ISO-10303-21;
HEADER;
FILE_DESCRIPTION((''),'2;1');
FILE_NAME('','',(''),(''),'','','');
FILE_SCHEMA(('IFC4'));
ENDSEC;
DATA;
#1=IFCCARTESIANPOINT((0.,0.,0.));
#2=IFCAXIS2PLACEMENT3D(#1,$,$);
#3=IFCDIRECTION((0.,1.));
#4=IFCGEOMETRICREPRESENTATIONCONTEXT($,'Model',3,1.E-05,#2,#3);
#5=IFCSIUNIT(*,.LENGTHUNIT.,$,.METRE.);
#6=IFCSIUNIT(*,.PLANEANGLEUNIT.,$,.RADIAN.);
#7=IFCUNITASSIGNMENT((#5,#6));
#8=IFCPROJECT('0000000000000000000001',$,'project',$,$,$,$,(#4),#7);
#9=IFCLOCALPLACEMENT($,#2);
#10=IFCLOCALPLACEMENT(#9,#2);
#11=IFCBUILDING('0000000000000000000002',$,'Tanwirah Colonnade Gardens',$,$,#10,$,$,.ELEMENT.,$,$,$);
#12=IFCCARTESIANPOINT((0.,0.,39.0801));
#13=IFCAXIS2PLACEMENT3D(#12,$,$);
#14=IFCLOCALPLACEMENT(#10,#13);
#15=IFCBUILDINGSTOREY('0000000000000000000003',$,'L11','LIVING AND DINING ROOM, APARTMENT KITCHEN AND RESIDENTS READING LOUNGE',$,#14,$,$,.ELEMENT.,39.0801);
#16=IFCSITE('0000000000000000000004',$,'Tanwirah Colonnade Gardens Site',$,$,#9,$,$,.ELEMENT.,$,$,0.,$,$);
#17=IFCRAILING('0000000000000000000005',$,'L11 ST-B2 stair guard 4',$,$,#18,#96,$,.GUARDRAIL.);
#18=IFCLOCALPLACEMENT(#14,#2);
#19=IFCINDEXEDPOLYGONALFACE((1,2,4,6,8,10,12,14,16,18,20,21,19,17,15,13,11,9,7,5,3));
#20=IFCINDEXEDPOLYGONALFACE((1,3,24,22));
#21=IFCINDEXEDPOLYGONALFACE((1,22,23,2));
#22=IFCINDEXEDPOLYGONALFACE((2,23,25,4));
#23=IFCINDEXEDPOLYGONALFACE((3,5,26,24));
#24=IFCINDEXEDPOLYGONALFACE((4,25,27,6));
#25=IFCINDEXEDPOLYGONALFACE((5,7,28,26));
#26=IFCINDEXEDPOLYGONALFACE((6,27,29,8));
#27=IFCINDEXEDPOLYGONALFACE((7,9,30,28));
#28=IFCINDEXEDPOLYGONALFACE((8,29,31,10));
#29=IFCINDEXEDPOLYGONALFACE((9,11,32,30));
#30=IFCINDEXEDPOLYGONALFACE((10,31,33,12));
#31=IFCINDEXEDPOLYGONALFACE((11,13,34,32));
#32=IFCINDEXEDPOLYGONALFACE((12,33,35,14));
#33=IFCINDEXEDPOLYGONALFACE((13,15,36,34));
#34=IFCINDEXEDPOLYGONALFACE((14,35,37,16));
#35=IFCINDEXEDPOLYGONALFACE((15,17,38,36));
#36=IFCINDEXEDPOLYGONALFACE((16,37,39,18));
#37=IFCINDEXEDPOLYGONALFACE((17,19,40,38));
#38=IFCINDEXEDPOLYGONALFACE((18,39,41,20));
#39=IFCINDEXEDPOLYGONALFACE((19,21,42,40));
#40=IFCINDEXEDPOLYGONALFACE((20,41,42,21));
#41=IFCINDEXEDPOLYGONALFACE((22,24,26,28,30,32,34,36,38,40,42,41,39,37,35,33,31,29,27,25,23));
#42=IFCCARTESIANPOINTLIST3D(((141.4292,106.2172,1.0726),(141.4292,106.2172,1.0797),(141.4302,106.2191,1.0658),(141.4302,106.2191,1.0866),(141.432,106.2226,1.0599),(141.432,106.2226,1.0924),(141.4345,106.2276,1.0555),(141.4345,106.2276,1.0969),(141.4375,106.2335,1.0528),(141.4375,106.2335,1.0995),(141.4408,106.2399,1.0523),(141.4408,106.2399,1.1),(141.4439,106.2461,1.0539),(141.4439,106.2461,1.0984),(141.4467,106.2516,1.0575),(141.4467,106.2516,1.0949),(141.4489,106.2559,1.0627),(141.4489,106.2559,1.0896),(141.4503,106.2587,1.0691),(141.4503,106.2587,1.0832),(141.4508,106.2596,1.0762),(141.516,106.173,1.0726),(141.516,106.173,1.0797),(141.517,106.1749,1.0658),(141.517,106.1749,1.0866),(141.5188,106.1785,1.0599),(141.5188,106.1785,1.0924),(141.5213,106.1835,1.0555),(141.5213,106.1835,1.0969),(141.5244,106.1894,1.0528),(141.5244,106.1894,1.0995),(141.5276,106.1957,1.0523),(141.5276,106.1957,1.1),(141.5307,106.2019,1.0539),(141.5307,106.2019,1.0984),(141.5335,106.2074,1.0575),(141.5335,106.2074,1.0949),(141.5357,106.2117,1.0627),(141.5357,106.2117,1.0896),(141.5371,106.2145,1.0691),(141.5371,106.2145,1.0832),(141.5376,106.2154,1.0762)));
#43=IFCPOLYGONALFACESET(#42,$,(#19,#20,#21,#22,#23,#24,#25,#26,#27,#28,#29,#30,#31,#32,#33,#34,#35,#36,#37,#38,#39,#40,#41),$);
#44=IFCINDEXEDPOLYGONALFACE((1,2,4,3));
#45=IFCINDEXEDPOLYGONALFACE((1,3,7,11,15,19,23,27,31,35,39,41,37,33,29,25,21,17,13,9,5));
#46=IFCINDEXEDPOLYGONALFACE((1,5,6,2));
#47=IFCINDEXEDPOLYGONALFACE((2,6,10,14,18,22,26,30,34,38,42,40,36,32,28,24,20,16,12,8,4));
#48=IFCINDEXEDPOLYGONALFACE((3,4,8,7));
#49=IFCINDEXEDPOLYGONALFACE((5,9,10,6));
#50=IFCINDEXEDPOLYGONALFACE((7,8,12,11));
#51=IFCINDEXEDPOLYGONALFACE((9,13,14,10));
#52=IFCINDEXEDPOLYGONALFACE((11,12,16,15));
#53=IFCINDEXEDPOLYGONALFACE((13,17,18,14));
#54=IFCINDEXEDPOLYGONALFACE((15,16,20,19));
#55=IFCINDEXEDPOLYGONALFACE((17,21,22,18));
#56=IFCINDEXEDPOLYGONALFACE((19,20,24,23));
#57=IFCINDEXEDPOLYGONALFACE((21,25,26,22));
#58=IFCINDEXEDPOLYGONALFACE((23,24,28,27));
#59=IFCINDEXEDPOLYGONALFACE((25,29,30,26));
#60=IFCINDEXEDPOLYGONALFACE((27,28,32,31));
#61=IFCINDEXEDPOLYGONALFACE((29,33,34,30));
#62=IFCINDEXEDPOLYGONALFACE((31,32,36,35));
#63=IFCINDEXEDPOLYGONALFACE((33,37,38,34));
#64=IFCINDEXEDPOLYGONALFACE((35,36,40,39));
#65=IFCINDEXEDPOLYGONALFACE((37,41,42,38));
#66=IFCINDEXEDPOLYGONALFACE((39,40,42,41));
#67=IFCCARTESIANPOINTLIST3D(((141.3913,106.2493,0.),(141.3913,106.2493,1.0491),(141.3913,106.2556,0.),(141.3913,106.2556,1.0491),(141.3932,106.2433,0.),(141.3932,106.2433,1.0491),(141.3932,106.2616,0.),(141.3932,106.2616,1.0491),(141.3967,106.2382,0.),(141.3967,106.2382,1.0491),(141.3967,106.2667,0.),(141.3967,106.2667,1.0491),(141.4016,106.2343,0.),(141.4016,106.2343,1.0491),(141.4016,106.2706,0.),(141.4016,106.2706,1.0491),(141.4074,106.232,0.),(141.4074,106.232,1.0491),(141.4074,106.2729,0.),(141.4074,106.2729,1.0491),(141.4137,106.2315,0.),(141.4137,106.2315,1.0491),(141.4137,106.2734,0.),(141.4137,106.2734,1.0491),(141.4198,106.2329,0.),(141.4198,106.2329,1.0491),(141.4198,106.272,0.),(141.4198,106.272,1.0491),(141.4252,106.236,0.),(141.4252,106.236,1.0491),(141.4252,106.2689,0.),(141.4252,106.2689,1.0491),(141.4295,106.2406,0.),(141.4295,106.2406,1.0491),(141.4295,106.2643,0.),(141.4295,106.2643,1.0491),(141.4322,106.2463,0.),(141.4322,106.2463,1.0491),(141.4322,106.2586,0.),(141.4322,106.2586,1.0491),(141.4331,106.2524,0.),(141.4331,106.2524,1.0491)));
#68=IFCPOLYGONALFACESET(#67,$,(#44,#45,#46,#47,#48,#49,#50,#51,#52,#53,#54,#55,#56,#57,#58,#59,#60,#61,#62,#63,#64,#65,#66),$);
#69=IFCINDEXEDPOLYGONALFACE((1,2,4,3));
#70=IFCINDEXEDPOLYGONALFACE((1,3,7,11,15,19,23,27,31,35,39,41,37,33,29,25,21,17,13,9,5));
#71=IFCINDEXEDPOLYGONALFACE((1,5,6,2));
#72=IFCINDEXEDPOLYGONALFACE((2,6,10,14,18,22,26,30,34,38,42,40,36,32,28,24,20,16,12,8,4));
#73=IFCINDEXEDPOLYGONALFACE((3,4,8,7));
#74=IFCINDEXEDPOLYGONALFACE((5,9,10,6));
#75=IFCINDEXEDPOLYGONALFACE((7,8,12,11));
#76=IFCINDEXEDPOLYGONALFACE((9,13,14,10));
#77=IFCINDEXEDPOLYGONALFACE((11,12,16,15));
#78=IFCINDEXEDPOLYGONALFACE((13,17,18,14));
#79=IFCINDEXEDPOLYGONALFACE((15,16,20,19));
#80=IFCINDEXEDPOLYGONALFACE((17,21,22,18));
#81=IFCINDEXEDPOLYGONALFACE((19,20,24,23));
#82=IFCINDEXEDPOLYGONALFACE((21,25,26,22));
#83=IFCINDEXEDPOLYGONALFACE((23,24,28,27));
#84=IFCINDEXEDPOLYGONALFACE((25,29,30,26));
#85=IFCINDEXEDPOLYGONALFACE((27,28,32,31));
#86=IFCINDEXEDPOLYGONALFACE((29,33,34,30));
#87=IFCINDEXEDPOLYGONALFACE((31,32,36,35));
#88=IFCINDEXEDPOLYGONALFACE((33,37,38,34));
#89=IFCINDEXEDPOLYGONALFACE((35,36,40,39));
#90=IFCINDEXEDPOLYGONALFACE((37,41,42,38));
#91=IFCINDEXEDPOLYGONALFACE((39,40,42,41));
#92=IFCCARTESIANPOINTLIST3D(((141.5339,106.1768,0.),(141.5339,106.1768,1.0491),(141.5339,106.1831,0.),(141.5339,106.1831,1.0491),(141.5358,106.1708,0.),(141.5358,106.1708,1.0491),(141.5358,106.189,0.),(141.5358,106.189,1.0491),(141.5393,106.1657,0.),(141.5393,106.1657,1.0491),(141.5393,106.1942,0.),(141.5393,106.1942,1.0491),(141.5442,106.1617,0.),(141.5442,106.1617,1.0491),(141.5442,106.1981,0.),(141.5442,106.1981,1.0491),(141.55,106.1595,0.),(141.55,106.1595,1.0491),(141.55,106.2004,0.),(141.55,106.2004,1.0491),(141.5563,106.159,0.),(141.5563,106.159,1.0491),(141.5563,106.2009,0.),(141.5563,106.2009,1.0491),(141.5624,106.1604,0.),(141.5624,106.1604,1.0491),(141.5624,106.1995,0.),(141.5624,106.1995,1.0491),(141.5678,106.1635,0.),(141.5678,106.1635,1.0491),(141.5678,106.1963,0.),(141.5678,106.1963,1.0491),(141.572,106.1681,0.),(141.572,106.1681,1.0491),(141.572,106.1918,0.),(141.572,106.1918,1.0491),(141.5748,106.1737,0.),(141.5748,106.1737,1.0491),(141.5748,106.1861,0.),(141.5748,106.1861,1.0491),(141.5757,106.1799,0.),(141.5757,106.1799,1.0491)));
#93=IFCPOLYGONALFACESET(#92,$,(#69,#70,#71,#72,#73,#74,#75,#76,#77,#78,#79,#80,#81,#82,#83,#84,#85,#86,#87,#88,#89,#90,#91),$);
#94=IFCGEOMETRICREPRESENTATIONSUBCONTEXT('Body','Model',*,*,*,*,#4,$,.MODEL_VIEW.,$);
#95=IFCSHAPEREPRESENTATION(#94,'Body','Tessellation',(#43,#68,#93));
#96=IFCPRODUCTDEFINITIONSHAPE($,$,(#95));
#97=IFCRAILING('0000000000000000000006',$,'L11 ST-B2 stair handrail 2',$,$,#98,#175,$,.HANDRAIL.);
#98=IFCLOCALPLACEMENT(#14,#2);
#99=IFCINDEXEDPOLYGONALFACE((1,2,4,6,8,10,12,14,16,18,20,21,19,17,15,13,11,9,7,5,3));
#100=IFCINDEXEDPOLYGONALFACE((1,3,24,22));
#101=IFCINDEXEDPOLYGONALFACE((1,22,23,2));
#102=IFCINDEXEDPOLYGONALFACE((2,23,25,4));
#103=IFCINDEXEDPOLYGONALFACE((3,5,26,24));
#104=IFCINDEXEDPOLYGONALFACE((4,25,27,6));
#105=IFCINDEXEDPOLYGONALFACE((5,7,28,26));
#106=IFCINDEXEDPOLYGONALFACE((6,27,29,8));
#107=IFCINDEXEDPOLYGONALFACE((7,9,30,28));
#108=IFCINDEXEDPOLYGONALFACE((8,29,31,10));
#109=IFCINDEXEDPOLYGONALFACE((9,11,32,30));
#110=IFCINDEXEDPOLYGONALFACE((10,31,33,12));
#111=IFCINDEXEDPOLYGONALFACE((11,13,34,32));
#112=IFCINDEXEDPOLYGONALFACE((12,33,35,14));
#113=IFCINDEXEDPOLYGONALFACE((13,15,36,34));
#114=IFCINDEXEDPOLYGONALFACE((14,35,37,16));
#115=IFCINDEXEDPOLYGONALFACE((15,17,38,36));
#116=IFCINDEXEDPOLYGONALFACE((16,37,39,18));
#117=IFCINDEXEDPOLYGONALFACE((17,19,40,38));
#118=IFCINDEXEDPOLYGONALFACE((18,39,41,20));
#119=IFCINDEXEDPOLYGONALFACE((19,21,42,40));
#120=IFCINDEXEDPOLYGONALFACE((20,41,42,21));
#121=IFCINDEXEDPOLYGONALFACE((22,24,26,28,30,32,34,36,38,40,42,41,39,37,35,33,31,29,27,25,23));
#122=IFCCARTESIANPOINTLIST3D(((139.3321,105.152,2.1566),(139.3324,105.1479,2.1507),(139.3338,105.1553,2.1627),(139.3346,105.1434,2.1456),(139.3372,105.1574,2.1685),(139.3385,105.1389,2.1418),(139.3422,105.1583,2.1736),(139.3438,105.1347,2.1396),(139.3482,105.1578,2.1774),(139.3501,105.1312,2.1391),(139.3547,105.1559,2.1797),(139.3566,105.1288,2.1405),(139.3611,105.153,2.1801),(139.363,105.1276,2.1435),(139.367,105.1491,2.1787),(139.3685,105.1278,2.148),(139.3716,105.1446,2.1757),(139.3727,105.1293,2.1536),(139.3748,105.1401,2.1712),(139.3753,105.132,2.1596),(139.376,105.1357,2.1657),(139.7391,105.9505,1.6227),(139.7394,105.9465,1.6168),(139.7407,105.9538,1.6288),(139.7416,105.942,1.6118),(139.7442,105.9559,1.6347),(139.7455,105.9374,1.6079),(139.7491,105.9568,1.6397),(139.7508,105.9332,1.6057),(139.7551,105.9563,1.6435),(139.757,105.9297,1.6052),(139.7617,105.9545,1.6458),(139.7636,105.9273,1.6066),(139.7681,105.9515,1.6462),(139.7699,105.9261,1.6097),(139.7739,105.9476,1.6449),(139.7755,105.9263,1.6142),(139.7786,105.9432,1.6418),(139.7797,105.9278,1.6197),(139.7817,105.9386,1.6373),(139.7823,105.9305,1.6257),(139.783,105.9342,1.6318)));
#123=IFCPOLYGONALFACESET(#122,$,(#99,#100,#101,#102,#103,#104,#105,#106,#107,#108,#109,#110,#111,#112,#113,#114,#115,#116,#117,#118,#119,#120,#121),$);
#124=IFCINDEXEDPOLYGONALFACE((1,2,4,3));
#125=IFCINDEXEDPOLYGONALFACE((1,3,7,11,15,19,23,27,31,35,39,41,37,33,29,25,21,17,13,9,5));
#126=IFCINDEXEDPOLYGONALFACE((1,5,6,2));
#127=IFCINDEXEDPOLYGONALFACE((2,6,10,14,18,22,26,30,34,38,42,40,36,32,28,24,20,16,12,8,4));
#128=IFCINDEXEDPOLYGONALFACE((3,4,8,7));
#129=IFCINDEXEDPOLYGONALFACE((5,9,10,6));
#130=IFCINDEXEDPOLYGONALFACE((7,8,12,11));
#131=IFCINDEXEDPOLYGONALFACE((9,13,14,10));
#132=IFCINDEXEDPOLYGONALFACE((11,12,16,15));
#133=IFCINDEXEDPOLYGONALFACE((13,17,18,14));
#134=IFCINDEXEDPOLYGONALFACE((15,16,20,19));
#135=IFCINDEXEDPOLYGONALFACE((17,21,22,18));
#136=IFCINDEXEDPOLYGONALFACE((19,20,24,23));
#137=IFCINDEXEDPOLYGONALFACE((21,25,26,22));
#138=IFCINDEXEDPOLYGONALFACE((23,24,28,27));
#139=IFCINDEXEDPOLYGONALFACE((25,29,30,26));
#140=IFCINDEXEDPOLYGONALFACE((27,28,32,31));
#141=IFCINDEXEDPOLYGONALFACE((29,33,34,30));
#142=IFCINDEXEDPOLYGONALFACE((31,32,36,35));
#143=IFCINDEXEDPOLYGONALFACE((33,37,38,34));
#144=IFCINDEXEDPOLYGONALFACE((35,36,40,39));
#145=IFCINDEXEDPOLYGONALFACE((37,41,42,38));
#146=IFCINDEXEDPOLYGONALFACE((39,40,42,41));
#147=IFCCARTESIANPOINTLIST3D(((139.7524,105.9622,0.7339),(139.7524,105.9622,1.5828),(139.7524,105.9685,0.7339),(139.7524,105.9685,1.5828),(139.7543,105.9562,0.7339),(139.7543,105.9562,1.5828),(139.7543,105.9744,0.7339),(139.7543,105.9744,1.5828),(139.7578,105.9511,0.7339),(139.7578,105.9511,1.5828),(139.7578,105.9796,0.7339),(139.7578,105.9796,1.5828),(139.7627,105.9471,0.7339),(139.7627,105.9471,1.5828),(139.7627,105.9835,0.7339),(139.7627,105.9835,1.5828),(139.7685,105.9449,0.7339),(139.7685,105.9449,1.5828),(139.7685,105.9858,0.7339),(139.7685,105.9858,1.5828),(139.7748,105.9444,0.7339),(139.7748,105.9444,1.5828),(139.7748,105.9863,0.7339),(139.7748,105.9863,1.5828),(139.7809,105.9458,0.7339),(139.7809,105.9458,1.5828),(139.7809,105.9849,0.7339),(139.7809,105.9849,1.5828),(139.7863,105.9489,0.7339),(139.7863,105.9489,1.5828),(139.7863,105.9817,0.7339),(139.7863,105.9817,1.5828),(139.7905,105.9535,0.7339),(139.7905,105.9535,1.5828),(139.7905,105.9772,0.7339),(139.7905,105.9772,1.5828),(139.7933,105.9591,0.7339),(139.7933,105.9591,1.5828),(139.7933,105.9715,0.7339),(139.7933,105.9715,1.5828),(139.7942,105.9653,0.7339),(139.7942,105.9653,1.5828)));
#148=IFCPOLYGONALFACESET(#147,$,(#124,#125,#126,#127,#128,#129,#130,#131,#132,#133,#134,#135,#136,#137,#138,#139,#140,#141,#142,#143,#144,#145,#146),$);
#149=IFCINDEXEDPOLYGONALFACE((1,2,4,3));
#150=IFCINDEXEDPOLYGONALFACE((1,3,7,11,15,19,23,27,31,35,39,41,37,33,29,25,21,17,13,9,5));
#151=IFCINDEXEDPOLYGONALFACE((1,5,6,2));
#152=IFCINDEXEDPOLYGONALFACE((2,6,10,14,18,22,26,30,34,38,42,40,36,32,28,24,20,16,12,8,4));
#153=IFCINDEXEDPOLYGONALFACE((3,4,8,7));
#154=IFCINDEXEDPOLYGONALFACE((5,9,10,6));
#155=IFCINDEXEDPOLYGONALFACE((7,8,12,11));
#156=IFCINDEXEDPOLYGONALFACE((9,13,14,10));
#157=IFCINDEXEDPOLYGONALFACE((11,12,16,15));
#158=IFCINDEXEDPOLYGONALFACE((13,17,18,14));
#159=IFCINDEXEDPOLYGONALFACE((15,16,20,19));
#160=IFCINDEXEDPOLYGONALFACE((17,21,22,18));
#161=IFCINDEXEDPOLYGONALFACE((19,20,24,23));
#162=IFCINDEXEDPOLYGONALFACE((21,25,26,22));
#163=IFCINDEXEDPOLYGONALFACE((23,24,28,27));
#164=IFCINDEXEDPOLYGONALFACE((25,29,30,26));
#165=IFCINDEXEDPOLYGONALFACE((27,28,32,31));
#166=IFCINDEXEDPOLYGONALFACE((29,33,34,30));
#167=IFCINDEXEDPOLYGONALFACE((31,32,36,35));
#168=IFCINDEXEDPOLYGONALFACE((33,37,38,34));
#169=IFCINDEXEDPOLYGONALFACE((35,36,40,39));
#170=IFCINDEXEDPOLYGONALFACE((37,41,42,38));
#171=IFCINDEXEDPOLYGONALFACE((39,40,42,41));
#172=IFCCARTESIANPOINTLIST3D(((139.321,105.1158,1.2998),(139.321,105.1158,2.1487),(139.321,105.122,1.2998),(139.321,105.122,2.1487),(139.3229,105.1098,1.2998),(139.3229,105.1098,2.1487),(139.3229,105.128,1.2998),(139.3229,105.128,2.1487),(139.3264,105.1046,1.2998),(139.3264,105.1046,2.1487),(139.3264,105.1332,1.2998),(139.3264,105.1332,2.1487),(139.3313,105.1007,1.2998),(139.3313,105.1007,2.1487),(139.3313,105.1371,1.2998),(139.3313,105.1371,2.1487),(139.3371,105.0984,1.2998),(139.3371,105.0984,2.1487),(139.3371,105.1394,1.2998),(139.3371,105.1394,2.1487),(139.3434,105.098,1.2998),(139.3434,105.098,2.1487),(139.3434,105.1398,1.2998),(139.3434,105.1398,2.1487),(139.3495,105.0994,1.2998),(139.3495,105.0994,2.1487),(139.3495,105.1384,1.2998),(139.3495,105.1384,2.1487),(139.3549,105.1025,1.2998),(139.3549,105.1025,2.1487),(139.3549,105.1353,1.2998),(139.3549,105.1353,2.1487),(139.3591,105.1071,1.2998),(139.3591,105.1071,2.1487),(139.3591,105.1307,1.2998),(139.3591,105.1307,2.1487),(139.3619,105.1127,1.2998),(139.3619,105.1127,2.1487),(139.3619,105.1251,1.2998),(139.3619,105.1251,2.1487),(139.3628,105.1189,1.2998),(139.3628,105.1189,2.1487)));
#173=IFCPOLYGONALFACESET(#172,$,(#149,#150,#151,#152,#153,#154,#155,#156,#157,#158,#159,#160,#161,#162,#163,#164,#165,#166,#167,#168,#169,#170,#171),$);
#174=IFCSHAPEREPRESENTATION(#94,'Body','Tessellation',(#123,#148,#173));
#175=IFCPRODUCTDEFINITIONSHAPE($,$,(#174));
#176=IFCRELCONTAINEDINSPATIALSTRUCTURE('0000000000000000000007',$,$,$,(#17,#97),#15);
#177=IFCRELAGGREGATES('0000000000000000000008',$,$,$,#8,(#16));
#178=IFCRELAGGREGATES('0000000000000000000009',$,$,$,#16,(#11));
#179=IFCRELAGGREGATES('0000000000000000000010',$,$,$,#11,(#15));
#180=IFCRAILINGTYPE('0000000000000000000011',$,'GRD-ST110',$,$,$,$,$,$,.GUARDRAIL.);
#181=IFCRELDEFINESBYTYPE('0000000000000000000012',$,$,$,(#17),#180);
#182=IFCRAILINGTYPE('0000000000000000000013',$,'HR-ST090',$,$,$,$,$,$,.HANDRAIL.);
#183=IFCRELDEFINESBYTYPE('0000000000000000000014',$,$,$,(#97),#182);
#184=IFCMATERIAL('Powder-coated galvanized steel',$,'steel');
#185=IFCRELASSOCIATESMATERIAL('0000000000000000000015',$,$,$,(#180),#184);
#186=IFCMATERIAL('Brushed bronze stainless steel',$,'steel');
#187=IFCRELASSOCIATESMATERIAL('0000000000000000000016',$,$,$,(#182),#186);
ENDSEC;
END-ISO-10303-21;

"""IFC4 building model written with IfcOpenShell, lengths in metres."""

from ifc_helpers import new_model, si_unit, direction, frame, origin, origin_2d, place, context, subcontext, project, spatial, circle, extrude, material, type_object, element, save


model = new_model("IFC4")

# Units and contexts
model_context = context("Model", 3, precision=1e-05, world=origin(), true_north=direction((0.0, 1.0)))
body_context = subcontext(model_context, "Body", "Model", "MODEL_VIEW")
ifc_project = project(units=[si_unit("LENGTHUNIT", "METRE"), si_unit("PLANEANGLEUNIT", "RADIAN")], contexts=[model_context])

# Site, building, storey
site_placement = place(None, origin())
site = spatial("IfcSite", under=ifc_project, at=site_placement, Name="Tanwirah Colonnade Gardens Site", CompositionType="ELEMENT", RefElevation=0.0)
building_placement = place(site_placement, origin())
building = spatial("IfcBuilding", under=site, at=building_placement, Name="Tanwirah Colonnade Gardens", CompositionType="ELEMENT")
storey_placement = place(building_placement, frame((0.0, 0.0, 39.0801)))
storey = spatial("IfcBuildingStorey", under=building, at=storey_placement, Name="L11", Description="LIVING AND DINING ROOM, APARTMENT KITCHEN AND RESIDENTS READING LOUNGE", CompositionType="ELEMENT", Elevation=39.0801)

# Railings
ifc_material_1 = material(Name="Powder-coated galvanized steel", Category="steel")
railing_type_1 = type_object("IfcRailingType", Name="GRD-ST110", PredefinedType="GUARDRAIL", material=ifc_material_1)
railing_1_placement = place(storey_placement, frame((141.4121, 106.2524, 0.0)))
element("IfcRailing", 1, at=railing_1_placement, inside=storey, type_object=railing_type_1, Name="L11 ST-B2 stair guard 4", PredefinedType="GUARDRAIL", context=body_context, shape_type="SweptSolid", body=[
    extrude(circle(Radius=0.0239, at=origin_2d()), frame((0.0278, -0.0142, 1.0762), z_axis=(0.891354, -0.453308, 0.0), x_axis=(0.453308, 0.891354, 0.0)), (0.0, 0.0, 1.0), 0.0974),
    extrude(circle(Radius=0.021, at=origin_2d()), origin(), (0.0, 0.0, 1.0), 1.0491),
    extrude(circle(Radius=0.021, at=origin_2d()), frame((0.1426, -0.0725, 0.0)), (0.0, 0.0, 1.0), 1.0491),
])
ifc_material_2 = material(Name="Brushed bronze stainless steel", Category="steel")
railing_type_2 = type_object("IfcRailingType", Name="HR-ST090", PredefinedType="HANDRAIL", material=ifc_material_2)
railing_2_placement = place(storey_placement, frame((139.7732, 105.9653, 0.7339)))
element("IfcRailing", 2, at=railing_2_placement, inside=storey, type_object=railing_type_2, Name="L11 ST-B2 stair handrail 2", PredefinedType="HANDRAIL", context=body_context, shape_type="SweptSolid", body=[
    extrude(circle(Radius=0.0239, at=origin_2d()), frame((-0.0122, -0.0239, 0.8918), z_axis=(-0.390118, -0.765443, 0.511767), x_axis=(0.890957, -0.454087, 0.0)), (0.0, 0.0, 1.0), 1.0432),
    extrude(circle(Radius=0.021, at=origin_2d()), origin(), (0.0, 0.0, 1.0), 0.8489),
    extrude(circle(Radius=0.021, at=origin_2d()), frame((-0.4314, -0.8464, 0.5659)), (0.0, 0.0, 1.0), 0.8489),
])

save(model, "model.ifc")
